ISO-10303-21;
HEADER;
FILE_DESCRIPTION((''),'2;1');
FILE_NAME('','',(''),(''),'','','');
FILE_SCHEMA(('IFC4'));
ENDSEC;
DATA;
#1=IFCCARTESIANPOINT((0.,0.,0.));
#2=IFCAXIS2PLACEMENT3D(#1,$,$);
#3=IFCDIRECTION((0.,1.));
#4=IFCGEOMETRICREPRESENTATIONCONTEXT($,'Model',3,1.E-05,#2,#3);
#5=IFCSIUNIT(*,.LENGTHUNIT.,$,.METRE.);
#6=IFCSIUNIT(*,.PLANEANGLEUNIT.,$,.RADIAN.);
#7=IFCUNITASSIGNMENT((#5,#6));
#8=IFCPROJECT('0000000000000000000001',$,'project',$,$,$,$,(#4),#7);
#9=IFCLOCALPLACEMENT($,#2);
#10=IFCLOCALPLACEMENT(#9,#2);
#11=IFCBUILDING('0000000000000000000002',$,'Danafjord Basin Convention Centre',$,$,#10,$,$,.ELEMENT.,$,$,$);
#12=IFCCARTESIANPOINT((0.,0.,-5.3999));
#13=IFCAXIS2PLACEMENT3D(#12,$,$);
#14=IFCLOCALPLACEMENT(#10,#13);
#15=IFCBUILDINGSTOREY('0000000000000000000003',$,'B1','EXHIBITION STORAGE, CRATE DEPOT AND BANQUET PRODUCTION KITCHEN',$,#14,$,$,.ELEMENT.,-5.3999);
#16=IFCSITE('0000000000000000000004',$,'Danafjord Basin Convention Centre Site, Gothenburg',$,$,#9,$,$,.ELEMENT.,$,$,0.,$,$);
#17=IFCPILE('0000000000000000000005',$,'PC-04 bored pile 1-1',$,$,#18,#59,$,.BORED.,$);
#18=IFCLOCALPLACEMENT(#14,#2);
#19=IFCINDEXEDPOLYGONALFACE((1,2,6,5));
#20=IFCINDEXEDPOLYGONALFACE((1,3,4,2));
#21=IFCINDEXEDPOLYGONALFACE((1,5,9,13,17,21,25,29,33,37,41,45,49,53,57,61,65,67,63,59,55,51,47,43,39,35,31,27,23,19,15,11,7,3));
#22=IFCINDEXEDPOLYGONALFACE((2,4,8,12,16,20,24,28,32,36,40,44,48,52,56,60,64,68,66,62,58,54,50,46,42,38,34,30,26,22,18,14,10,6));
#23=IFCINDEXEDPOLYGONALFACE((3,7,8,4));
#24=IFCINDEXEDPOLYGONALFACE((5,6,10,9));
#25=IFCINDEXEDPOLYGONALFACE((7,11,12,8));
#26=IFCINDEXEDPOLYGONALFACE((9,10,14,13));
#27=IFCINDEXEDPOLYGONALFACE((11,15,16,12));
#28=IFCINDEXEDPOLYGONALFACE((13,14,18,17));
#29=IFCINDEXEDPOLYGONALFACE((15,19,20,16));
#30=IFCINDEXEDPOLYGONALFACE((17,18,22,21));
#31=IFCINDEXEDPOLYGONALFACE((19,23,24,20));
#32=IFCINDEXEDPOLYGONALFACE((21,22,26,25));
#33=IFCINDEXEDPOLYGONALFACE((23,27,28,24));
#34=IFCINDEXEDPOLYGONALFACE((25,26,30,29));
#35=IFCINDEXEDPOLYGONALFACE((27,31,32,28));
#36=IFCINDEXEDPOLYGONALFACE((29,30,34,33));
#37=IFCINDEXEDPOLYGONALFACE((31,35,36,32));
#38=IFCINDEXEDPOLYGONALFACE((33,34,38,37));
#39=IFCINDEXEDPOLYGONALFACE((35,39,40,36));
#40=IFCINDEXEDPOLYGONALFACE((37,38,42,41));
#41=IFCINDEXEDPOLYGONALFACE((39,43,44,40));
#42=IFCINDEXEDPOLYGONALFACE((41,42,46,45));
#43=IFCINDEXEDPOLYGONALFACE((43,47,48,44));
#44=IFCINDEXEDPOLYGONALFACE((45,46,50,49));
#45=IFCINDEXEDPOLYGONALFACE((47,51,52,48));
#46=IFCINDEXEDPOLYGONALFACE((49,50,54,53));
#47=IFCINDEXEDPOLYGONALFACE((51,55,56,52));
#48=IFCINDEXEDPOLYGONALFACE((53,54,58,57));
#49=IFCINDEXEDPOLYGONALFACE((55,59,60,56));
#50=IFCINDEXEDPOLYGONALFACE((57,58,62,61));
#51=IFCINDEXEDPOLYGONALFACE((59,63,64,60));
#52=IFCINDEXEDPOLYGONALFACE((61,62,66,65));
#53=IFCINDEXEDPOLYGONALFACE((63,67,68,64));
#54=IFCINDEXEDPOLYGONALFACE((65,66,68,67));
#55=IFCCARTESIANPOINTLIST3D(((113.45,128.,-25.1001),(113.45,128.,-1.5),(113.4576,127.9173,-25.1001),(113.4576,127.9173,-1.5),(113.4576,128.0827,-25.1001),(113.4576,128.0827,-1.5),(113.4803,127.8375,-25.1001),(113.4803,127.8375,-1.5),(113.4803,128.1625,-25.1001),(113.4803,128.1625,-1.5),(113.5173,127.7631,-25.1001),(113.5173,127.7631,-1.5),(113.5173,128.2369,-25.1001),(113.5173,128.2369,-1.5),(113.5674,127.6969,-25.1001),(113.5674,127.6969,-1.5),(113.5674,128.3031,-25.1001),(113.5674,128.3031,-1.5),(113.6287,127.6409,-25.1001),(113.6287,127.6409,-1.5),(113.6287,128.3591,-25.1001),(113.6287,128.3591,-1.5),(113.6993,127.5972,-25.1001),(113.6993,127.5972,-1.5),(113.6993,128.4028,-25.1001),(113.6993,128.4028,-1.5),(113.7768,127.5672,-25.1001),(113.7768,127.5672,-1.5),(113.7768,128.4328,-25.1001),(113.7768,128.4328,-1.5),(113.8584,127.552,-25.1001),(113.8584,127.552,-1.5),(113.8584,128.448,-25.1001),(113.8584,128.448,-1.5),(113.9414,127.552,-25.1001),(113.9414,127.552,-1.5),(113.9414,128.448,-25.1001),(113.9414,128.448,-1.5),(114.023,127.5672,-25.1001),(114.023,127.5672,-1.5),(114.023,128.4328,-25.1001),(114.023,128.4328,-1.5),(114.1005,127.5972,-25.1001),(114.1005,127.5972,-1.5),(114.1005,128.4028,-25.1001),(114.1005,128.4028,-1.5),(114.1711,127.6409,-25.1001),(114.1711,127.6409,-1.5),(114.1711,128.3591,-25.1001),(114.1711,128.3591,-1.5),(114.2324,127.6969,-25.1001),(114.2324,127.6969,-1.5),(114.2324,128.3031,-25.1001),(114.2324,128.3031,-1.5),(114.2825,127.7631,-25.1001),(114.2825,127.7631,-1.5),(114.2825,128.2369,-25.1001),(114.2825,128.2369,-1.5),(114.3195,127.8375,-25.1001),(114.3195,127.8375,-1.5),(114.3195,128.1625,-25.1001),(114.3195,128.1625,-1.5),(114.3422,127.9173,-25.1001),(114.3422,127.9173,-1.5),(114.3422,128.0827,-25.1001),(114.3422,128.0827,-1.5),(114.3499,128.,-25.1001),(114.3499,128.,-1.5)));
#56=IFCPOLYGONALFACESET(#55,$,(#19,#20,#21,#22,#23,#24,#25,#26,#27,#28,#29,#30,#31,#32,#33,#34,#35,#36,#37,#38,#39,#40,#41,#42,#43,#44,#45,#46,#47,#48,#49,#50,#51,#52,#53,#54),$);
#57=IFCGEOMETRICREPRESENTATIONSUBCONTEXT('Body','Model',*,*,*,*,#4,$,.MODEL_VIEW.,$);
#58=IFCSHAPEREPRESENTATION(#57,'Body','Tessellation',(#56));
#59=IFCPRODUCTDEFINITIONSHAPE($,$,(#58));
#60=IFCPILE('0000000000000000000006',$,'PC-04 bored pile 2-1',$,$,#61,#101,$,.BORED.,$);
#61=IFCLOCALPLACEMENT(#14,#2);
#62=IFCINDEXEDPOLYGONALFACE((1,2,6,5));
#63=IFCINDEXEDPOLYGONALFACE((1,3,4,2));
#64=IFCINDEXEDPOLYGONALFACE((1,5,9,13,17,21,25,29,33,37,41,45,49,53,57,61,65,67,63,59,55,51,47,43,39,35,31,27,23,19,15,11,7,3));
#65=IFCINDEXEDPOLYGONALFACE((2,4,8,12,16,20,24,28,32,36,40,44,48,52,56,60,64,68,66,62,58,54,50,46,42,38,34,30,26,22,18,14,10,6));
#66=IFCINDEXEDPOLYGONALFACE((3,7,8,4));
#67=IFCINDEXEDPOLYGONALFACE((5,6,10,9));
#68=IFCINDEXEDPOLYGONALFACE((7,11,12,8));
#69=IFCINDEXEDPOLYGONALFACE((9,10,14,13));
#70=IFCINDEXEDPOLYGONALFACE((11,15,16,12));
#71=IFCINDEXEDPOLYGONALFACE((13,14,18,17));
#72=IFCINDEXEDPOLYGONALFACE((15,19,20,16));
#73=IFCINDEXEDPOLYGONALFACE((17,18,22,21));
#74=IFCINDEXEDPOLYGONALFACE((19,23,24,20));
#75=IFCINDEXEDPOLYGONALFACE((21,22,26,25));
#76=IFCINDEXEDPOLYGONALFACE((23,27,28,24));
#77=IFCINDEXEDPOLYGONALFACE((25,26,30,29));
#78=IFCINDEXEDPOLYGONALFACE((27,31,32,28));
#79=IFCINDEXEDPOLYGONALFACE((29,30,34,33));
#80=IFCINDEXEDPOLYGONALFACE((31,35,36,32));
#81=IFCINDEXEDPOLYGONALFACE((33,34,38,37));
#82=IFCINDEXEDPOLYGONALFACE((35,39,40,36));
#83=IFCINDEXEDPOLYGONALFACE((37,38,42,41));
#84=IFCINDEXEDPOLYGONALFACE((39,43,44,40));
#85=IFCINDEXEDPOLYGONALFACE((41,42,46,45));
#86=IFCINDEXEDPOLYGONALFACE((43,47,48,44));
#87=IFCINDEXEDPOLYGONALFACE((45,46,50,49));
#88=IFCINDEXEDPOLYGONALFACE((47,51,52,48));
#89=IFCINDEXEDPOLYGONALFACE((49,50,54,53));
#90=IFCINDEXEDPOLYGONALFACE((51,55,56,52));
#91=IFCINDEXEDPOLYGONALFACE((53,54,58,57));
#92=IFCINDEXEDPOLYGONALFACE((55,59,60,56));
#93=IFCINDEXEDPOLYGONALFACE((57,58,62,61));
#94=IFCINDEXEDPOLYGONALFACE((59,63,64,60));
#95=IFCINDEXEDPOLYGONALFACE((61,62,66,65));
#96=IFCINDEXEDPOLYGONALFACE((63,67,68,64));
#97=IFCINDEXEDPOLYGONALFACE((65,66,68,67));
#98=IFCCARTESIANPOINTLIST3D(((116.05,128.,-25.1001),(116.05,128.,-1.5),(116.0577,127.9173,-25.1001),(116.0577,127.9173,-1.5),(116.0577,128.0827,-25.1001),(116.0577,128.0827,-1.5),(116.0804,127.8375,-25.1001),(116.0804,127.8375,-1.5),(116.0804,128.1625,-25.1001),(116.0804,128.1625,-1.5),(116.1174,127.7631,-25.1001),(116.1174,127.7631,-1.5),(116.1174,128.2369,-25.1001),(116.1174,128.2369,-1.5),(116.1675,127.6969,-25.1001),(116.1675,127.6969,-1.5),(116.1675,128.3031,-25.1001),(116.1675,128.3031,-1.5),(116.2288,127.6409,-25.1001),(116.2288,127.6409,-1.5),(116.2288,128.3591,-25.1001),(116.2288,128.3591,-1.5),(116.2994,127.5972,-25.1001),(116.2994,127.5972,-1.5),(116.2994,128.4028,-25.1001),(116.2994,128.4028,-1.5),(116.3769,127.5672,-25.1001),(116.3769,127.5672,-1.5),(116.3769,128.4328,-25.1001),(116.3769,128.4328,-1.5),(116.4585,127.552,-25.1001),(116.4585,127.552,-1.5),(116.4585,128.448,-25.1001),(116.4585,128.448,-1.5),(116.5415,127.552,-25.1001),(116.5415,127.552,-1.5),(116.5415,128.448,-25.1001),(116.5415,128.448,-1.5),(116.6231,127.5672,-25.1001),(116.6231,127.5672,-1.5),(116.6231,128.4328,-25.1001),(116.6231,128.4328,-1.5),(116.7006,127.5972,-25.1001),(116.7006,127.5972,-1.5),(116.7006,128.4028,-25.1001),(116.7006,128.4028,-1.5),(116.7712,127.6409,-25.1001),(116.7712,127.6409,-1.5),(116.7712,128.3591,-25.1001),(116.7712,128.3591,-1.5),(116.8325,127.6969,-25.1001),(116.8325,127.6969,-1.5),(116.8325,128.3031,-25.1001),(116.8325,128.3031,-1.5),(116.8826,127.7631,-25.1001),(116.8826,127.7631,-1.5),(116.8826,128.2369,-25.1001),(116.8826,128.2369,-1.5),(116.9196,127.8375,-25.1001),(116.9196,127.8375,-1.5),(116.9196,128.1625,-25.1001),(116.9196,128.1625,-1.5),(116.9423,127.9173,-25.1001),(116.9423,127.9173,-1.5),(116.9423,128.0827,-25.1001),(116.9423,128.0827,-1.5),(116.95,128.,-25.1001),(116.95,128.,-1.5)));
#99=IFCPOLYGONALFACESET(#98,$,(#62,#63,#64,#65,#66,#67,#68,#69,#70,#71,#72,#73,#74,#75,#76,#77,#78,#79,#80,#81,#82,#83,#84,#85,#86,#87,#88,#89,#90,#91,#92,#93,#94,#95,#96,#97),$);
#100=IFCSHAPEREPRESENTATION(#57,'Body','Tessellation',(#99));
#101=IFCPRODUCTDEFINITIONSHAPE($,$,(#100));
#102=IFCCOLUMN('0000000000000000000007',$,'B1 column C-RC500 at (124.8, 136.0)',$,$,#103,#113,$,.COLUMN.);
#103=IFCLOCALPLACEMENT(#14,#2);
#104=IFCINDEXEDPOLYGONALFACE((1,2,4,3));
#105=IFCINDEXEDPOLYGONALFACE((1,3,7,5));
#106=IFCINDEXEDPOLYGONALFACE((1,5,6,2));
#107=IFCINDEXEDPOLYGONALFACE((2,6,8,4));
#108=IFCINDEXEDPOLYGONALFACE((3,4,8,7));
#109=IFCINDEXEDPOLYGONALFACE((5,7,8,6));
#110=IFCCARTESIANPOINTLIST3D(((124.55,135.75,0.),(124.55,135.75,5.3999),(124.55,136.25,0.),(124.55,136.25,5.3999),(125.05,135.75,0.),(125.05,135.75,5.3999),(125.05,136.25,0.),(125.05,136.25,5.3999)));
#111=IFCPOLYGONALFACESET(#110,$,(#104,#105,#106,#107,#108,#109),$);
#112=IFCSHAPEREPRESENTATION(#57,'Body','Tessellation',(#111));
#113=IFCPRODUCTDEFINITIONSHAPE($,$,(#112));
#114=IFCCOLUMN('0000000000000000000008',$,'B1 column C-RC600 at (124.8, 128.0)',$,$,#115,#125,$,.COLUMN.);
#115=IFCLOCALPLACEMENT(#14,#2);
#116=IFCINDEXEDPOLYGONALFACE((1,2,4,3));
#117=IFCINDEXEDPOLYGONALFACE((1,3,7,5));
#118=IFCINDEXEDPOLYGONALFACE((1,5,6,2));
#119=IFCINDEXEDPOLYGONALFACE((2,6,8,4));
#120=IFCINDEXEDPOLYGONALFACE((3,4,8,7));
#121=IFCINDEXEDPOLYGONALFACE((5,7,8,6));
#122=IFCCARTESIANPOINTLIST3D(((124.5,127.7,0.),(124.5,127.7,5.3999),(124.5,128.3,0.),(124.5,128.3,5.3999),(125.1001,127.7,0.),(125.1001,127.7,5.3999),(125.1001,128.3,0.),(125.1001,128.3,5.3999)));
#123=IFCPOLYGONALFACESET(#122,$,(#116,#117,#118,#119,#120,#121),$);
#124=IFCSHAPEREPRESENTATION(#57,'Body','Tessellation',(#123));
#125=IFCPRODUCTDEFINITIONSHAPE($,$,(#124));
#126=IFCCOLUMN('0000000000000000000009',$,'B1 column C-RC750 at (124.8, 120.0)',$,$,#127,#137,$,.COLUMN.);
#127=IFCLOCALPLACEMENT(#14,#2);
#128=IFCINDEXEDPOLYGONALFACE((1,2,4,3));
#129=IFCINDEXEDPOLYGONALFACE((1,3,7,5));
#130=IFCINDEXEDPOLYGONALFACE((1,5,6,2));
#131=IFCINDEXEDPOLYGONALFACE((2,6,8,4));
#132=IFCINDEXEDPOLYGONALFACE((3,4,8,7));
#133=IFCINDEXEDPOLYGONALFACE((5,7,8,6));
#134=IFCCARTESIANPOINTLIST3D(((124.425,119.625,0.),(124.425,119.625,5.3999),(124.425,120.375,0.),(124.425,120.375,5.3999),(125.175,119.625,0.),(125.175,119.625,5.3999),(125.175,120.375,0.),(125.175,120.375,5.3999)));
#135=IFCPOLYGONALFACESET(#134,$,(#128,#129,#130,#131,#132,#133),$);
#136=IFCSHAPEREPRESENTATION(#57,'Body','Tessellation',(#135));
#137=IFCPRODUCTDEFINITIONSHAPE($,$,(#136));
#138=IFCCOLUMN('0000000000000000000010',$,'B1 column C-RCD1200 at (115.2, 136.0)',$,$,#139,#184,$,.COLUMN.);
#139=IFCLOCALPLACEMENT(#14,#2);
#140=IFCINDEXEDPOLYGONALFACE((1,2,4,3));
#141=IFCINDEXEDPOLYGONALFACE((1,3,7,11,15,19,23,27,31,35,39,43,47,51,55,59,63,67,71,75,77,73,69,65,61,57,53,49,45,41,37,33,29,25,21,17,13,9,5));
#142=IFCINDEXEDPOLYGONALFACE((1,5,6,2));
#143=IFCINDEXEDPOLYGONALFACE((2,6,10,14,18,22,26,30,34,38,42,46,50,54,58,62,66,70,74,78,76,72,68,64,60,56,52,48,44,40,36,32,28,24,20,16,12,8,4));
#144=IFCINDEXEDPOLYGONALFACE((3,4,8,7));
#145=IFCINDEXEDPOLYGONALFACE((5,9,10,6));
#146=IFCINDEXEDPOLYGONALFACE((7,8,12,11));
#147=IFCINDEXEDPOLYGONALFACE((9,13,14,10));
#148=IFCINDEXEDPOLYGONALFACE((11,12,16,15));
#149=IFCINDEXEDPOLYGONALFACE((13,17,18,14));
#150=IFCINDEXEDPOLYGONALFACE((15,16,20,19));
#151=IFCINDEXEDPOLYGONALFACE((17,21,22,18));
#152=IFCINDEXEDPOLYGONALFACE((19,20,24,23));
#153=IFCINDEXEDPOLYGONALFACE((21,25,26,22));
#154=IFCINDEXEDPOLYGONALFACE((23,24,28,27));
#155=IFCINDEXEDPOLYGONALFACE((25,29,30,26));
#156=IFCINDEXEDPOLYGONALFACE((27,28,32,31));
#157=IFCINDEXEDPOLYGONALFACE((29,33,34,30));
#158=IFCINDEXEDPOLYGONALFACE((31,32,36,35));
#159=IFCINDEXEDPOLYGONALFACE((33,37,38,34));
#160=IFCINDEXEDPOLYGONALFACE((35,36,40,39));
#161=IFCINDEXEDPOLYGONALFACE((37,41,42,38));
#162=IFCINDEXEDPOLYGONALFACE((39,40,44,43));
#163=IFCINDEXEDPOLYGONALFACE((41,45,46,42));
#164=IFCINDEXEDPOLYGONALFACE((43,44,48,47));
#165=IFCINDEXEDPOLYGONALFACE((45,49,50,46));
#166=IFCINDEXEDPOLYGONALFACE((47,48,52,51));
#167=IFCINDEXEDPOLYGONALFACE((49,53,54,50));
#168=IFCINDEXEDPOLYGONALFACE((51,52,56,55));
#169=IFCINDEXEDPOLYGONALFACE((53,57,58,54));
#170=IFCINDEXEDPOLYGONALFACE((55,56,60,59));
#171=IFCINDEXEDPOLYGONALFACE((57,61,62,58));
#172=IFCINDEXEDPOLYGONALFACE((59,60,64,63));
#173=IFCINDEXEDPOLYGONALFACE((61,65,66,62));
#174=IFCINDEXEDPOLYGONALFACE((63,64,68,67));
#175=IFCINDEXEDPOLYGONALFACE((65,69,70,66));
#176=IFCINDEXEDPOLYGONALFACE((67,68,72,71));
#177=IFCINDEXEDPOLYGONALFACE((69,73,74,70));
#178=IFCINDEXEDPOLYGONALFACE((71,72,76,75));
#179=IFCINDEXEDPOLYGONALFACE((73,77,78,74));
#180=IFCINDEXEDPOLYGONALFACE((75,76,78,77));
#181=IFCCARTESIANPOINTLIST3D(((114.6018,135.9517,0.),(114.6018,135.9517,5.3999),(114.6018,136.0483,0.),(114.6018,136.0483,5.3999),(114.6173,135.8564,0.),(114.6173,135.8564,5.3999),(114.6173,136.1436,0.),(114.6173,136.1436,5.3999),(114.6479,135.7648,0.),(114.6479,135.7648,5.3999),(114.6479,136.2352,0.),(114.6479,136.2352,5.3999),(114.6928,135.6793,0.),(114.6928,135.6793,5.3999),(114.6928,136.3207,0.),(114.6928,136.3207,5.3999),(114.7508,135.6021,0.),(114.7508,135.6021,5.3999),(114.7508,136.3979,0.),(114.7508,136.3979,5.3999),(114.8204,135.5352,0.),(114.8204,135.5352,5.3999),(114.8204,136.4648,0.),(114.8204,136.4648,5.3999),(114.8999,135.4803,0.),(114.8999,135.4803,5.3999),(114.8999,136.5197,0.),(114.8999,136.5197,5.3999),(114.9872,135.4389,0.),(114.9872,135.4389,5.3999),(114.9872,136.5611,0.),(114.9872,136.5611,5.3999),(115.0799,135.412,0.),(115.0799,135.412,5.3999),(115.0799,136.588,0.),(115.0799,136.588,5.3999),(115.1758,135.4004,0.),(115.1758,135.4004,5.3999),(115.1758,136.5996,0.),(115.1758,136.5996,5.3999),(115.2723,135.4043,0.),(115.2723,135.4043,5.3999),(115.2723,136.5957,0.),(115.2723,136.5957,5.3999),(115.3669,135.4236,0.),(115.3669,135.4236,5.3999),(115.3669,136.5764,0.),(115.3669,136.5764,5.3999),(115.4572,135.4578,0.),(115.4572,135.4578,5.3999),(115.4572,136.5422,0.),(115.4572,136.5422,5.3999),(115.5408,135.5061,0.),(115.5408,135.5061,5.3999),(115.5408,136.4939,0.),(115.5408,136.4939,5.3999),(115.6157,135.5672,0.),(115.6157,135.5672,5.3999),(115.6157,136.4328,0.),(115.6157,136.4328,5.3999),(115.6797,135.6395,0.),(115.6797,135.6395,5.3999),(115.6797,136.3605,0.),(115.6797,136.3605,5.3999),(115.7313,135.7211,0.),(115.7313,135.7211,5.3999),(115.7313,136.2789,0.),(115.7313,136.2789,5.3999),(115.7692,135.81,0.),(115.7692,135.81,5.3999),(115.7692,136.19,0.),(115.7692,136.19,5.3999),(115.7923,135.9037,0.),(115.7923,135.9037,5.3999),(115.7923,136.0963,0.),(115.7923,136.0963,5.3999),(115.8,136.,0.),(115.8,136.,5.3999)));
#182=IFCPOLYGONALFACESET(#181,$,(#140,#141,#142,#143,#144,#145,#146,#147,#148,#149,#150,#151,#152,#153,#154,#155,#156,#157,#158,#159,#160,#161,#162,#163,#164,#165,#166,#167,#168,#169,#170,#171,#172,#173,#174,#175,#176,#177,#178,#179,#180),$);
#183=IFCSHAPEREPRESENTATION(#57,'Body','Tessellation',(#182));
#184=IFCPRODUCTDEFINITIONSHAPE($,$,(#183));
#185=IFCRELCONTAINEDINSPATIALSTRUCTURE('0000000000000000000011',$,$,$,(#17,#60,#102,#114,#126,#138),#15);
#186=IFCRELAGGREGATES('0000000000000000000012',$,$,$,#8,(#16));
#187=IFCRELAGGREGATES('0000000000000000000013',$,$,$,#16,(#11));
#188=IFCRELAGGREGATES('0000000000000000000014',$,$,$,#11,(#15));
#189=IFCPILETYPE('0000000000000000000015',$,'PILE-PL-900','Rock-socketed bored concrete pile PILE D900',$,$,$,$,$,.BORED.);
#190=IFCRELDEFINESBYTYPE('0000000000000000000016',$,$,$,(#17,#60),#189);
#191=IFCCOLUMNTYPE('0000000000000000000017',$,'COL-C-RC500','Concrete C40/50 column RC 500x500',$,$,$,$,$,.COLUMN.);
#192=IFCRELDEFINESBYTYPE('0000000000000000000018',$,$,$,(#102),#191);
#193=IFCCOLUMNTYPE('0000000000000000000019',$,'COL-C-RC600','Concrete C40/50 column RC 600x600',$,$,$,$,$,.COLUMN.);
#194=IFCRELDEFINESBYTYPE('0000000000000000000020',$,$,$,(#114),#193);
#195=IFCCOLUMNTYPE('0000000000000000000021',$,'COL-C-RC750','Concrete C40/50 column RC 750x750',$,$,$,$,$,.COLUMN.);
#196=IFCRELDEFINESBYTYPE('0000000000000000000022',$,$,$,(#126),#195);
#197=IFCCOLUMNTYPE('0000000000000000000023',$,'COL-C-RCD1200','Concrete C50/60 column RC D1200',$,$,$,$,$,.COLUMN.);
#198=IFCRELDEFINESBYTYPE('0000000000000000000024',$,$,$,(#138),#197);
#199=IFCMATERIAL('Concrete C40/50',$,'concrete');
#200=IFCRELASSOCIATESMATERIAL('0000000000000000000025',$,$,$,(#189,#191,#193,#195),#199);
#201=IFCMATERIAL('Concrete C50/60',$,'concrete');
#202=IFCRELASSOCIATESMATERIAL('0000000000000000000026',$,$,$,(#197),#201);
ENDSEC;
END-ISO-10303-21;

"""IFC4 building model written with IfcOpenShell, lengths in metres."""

from ifc_helpers import new_model, si_unit, direction, frame, origin, origin_2d, place, context, subcontext, project, spatial, rectangle, circle, extrude, material, material_profile, profile_set, type_object, element, save


model = new_model("IFC4")

# Units and contexts
model_context = context("Model", 3, precision=1e-05, world=origin(), true_north=direction((0.0, 1.0)))
body_context = subcontext(model_context, "Body", "Model", "MODEL_VIEW")
ifc_project = project(units=[si_unit("LENGTHUNIT", "METRE"), si_unit("PLANEANGLEUNIT", "RADIAN")], contexts=[model_context])

# Site, building, storey
site_placement = place(None, origin())
site = spatial("IfcSite", under=ifc_project, at=site_placement, Name="Danafjord Basin Convention Centre Site, Gothenburg", CompositionType="ELEMENT", RefElevation=0.0)
building_placement = place(site_placement, origin())
building = spatial("IfcBuilding", under=site, at=building_placement, Name="Danafjord Basin Convention Centre", CompositionType="ELEMENT")
storey_placement = place(building_placement, frame((0.0, 0.0, -5.3999)))
storey = spatial("IfcBuildingStorey", under=building, at=storey_placement, Name="B1", Description="EXHIBITION STORAGE, CRATE DEPOT AND BANQUET PRODUCTION KITCHEN", CompositionType="ELEMENT", Elevation=-5.3999)

# Shared definitions
ifc_material_1 = material(Name="Concrete C40/50", Category="concrete")

# Piles
ifc_material_profile_1 = material_profile(ifc_material_1, circle(Radius=0.45, at=origin_2d()), Name="PILE D900")
ifc_profile_set_1 = profile_set([ifc_material_profile_1], Name="Concrete C40/50")
pile_type_1 = type_object("IfcPileType", Name="PILE-PL-900", Description="Rock-socketed bored concrete pile PILE D900", PredefinedType="BORED", material=ifc_profile_set_1)
for number, where, z_axis, x_axis, name in (
    (1, (113.8999, 128.0, -1.5), (0.0, 0.0, -1.0), (1.0, 0.0, 0.0), "PC-04 bored pile 1-1"),
    (2, (116.5, 128.0, -1.5), (0.0, 0.0, -1.0), (1.0, 0.0, 0.0), "PC-04 bored pile 2-1"),
):
    element("IfcPile", number, at=place(storey_placement, frame(where, z_axis=z_axis, x_axis=x_axis)), inside=storey, type_object=pile_type_1, Name=name, PredefinedType="BORED", context=body_context, shape_type="SweptSolid", body=[
        extrude(circle(Radius=0.45, at=origin_2d()), origin(), (0.0, 0.0, 1.0), 23.6001),
    ])

# Columns
ifc_material_profile_2 = material_profile(ifc_material_1, rectangle(XDim=0.5, YDim=0.5, at=origin_2d()), Name="RC 500x500")
ifc_profile_set_2 = profile_set([ifc_material_profile_2], Name="Concrete C40/50")
column_type_1 = type_object("IfcColumnType", Name="COL-C-RC500", Description="Concrete C40/50 column RC 500x500", PredefinedType="COLUMN", material=ifc_profile_set_2)
column_1_placement = place(storey_placement, frame((124.8, 136.0, 0.0), z_axis=(0.0, 0.0, 1.0), x_axis=(1.0, 0.0, 0.0)))
element("IfcColumn", 3, at=column_1_placement, inside=storey, type_object=column_type_1, Name="B1 column C-RC500 at (124.8, 136.0)", PredefinedType="COLUMN", context=body_context, shape_type="SweptSolid", body=[
    extrude(rectangle(XDim=0.5, YDim=0.5, at=origin_2d()), origin(), (0.0, 0.0, 1.0), 5.3999),
])
ifc_material_profile_3 = material_profile(ifc_material_1, rectangle(XDim=0.6001, YDim=0.6001, at=origin_2d()), Name="RC 600x600")
ifc_profile_set_3 = profile_set([ifc_material_profile_3], Name="Concrete C40/50")
column_type_2 = type_object("IfcColumnType", Name="COL-C-RC600", Description="Concrete C40/50 column RC 600x600", PredefinedType="COLUMN", material=ifc_profile_set_3)
column_2_placement = place(storey_placement, frame((124.8, 128.0, 0.0), z_axis=(0.0, 0.0, 1.0), x_axis=(1.0, 0.0, 0.0)))
element("IfcColumn", 4, at=column_2_placement, inside=storey, type_object=column_type_2, Name="B1 column C-RC600 at (124.8, 128.0)", PredefinedType="COLUMN", context=body_context, shape_type="SweptSolid", body=[
    extrude(rectangle(XDim=0.6001, YDim=0.6001, at=origin_2d()), origin(), (0.0, 0.0, 1.0), 5.3999),
])
ifc_material_profile_4 = material_profile(ifc_material_1, rectangle(XDim=0.75, YDim=0.75, at=origin_2d()), Name="RC 750x750")
ifc_profile_set_4 = profile_set([ifc_material_profile_4], Name="Concrete C40/50")
column_type_3 = type_object("IfcColumnType", Name="COL-C-RC750", Description="Concrete C40/50 column RC 750x750", PredefinedType="COLUMN", material=ifc_profile_set_4)
column_3_placement = place(storey_placement, frame((124.8, 120.0, 0.0), z_axis=(0.0, 0.0, 1.0), x_axis=(1.0, 0.0, 0.0)))
element("IfcColumn", 5, at=column_3_placement, inside=storey, type_object=column_type_3, Name="B1 column C-RC750 at (124.8, 120.0)", PredefinedType="COLUMN", context=body_context, shape_type="SweptSolid", body=[
    extrude(rectangle(XDim=0.75, YDim=0.75, at=origin_2d()), origin(), (0.0, 0.0, 1.0), 5.3999),
])
ifc_material_2 = material(Name="Concrete C50/60", Category="concrete")
ifc_material_profile_5 = material_profile(ifc_material_2, circle(Radius=0.6001, at=origin_2d()), Name="RC D1200")
ifc_profile_set_5 = profile_set([ifc_material_profile_5], Name="Concrete C50/60")
column_type_4 = type_object("IfcColumnType", Name="COL-C-RCD1200", Description="Concrete C50/60 column RC D1200", PredefinedType="COLUMN", material=ifc_profile_set_5)
column_4_placement = place(storey_placement, frame((115.2, 136.0, 0.0), z_axis=(0.0, 0.0, 1.0), x_axis=(1.0, 0.0, 0.0)))
element("IfcColumn", 6, at=column_4_placement, inside=storey, type_object=column_type_4, Name="B1 column C-RCD1200 at (115.2, 136.0)", PredefinedType="COLUMN", context=body_context, shape_type="SweptSolid", body=[
    extrude(circle(Radius=0.6001, at=origin_2d()), origin(), (0.0, 0.0, 1.0), 5.3999),
])

save(model, "model.ifc")
